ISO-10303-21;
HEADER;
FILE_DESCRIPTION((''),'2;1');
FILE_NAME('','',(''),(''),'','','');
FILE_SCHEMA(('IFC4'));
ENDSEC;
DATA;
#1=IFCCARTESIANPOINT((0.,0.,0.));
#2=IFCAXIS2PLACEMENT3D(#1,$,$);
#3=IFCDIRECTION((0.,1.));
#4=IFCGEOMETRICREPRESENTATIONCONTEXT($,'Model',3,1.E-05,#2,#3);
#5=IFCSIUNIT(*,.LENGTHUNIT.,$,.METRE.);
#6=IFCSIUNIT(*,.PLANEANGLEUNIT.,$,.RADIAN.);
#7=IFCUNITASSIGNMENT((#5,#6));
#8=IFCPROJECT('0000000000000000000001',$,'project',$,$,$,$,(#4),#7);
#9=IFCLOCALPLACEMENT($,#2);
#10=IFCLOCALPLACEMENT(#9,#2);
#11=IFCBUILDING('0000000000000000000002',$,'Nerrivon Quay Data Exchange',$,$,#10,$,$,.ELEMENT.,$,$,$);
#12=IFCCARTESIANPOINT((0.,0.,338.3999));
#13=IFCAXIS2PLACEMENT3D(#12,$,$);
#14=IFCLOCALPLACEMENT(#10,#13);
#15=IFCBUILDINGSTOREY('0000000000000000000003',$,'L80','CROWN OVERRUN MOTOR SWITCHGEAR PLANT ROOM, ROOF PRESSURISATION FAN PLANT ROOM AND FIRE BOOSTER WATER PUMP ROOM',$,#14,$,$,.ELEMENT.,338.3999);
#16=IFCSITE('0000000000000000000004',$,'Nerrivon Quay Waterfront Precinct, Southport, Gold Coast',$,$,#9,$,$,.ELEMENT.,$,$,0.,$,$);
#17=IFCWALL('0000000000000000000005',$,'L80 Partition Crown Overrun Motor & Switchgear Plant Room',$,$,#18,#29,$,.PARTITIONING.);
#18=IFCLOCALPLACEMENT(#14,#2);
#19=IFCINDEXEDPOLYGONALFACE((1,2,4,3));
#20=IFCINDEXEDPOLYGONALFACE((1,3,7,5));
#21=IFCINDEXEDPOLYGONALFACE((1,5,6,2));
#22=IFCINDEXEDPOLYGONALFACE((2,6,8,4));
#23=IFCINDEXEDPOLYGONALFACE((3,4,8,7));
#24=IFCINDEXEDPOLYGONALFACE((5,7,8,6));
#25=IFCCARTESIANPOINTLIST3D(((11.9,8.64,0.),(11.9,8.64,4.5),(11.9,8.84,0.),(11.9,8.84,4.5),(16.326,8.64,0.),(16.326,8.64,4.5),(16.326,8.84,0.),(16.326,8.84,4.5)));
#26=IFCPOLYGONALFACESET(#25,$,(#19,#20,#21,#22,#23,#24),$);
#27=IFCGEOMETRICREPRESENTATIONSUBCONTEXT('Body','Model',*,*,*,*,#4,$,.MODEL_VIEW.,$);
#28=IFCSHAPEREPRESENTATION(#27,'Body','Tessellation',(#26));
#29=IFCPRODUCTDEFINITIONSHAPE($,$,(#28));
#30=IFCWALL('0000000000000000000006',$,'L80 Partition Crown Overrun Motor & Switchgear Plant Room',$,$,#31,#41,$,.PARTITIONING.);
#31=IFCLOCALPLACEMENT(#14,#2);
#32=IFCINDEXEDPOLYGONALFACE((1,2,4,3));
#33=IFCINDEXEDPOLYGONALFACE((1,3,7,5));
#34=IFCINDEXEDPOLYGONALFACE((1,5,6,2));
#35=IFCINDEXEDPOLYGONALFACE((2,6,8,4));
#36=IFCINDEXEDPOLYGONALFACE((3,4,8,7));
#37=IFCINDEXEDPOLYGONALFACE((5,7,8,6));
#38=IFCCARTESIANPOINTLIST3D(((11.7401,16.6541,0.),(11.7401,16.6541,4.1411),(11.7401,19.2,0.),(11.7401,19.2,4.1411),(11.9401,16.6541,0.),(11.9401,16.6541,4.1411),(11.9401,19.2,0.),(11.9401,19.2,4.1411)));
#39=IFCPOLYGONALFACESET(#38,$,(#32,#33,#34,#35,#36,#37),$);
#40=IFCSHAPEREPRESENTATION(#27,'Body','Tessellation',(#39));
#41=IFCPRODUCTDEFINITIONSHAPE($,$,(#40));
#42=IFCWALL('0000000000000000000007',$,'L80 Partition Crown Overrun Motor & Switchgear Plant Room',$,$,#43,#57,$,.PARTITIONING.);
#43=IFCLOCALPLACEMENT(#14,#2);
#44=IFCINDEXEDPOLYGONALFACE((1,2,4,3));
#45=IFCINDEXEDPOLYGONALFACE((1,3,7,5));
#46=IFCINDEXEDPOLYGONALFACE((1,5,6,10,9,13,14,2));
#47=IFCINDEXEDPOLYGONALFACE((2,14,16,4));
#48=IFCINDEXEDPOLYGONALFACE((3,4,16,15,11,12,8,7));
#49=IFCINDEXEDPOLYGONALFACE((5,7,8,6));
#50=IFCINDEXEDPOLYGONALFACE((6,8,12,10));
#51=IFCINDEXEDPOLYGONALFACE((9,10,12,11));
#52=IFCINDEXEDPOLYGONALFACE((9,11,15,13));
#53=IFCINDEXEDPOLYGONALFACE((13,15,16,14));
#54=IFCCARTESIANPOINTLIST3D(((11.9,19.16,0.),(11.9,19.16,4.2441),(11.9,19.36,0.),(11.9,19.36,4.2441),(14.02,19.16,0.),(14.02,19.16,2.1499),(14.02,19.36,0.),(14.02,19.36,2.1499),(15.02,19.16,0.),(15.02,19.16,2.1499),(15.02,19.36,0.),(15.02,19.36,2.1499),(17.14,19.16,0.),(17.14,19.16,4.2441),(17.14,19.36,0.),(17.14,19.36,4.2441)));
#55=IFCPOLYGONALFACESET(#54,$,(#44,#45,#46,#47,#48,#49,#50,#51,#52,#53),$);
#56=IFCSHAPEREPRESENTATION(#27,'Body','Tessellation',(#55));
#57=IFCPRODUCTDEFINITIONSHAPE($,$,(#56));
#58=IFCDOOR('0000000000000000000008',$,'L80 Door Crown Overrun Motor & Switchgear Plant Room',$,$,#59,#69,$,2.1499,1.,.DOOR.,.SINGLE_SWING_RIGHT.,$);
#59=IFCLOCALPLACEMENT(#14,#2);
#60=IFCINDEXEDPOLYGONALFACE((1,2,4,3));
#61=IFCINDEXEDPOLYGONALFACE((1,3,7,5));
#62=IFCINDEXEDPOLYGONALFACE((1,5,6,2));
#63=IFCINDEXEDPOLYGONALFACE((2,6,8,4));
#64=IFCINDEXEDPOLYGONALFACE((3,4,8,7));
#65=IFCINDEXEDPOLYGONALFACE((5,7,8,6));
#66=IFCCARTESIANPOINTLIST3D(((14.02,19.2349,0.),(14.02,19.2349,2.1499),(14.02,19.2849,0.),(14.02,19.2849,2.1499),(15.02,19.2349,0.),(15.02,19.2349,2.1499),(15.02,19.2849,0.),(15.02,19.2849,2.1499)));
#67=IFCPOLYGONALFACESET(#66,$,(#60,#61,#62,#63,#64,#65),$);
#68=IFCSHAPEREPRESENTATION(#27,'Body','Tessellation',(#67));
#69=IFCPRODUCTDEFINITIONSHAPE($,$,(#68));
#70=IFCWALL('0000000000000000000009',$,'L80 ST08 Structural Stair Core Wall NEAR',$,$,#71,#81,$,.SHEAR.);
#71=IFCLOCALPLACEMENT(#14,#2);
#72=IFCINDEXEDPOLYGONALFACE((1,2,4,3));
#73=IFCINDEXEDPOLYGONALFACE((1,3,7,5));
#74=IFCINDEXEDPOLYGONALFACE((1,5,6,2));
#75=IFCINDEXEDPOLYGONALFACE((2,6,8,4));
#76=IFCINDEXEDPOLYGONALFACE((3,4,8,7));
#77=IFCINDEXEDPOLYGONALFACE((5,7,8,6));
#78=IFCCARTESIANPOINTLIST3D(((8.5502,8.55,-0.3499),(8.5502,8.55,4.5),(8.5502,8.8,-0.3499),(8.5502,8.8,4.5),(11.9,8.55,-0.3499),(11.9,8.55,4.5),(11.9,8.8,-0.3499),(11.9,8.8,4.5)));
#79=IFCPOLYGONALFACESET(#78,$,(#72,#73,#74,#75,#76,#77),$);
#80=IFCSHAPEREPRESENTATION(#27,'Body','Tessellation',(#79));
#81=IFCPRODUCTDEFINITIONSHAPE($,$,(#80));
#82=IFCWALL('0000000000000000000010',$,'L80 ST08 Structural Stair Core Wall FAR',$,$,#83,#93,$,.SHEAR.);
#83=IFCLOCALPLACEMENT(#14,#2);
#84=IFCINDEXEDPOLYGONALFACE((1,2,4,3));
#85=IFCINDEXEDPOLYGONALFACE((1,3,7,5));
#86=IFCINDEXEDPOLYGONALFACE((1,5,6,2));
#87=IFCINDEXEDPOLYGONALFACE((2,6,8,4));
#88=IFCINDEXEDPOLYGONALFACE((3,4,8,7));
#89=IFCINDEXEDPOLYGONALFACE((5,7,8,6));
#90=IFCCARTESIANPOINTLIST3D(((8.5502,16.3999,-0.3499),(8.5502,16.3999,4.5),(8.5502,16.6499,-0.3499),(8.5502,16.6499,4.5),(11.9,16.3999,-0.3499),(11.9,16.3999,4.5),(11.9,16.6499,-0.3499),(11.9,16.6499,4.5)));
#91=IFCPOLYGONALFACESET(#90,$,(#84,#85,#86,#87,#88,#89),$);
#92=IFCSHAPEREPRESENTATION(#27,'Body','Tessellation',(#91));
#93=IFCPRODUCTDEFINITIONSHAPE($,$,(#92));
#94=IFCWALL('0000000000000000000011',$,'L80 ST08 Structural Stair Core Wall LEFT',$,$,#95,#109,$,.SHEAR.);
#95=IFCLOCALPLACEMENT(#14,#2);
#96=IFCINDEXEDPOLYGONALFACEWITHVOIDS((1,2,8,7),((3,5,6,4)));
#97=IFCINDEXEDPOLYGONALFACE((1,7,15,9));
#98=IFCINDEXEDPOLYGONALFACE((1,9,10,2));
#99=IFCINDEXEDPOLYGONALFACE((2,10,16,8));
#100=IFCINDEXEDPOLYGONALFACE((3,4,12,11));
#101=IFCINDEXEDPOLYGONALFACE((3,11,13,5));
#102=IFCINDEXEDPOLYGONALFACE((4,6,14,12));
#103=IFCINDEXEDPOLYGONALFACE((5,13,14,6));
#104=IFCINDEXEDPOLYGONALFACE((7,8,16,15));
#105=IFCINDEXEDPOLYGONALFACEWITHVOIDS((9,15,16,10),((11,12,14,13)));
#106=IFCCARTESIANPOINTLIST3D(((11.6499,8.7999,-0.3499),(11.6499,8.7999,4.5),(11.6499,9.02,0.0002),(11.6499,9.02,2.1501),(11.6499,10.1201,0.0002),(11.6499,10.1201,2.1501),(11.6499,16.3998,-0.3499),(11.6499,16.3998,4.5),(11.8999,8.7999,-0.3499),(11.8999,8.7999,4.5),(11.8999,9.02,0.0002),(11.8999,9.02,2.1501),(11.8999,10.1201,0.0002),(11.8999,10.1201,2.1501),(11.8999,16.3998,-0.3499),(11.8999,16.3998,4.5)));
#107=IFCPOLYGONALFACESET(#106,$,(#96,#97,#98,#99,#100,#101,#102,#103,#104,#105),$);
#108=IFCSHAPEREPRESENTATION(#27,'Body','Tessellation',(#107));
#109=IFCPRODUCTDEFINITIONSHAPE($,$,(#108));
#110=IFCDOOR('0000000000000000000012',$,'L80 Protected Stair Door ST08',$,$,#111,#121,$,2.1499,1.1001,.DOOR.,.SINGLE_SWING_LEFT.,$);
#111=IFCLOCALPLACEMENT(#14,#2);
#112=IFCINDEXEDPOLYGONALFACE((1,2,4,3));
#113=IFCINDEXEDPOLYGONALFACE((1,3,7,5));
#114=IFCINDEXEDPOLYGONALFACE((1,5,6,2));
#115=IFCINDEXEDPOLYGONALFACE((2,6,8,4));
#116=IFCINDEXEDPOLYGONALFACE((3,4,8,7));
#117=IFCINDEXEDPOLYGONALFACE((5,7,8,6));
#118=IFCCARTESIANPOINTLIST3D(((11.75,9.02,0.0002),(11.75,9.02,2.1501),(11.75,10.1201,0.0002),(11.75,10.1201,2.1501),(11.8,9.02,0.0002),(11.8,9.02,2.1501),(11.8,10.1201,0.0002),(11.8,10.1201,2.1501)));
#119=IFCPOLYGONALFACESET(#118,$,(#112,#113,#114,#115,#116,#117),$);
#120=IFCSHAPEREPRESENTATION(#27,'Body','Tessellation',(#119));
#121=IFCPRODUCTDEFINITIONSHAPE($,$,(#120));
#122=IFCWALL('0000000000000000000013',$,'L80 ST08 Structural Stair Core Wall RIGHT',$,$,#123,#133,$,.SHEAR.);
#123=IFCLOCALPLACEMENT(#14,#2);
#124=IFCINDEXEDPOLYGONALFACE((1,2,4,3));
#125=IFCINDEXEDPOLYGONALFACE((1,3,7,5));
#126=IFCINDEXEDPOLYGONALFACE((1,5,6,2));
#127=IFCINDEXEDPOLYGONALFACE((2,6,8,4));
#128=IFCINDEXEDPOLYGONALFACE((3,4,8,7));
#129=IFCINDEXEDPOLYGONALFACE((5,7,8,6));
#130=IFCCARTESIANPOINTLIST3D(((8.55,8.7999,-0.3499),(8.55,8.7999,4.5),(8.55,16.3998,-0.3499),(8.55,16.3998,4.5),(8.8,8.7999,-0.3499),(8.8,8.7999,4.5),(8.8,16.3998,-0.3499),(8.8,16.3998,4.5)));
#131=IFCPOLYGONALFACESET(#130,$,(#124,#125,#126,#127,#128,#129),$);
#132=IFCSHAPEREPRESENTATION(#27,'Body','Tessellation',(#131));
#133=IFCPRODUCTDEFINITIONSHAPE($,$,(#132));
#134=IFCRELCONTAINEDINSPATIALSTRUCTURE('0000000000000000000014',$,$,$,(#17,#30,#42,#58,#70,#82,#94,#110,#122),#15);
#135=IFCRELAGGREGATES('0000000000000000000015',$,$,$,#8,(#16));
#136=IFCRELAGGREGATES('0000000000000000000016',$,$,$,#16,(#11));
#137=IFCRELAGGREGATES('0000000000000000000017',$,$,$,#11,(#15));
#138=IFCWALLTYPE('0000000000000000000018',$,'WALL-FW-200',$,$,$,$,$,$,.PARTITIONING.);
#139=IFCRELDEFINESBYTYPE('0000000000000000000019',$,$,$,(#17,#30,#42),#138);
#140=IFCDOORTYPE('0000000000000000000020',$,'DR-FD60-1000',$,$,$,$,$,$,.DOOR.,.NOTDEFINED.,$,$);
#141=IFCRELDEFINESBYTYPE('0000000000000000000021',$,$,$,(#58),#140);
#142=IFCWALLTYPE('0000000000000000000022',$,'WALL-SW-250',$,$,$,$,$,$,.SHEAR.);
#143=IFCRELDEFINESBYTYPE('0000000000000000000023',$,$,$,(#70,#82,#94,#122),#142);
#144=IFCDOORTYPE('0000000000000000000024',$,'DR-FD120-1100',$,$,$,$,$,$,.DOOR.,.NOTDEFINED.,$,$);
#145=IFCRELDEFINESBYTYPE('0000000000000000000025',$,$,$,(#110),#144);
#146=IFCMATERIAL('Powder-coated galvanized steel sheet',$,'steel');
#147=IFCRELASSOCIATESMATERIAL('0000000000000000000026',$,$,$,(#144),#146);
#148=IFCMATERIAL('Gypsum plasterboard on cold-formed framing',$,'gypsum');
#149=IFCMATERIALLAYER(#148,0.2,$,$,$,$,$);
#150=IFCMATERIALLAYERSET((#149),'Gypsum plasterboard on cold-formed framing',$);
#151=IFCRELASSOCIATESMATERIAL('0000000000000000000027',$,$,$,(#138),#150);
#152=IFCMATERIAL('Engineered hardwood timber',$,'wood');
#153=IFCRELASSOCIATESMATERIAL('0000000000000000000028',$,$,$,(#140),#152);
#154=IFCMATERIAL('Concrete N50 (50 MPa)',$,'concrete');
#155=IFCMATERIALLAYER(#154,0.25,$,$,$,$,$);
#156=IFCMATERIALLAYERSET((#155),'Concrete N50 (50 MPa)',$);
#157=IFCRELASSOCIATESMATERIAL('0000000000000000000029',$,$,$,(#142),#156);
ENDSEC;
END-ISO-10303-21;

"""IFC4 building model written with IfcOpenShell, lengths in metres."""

from ifc_helpers import new_model, si_unit, direction, frame, frame_2d, origin, place, context, subcontext, project, spatial, rectangle, extrude, material, layer, layer_set, type_object, element, fill, save


model = new_model("IFC4")

# Units and contexts
model_context = context("Model", 3, precision=1e-05, world=origin(), true_north=direction((0.0, 1.0)))
body_context = subcontext(model_context, "Body", "Model", "MODEL_VIEW")
ifc_project = project(units=[si_unit("LENGTHUNIT", "METRE"), si_unit("PLANEANGLEUNIT", "RADIAN")], contexts=[model_context])

# Site, building, storey
site_placement = place(None, origin())
site = spatial("IfcSite", under=ifc_project, at=site_placement, Name="Nerrivon Quay Waterfront Precinct, Southport, Gold Coast", CompositionType="ELEMENT", RefElevation=0.0)
building_placement = place(site_placement, origin())
building = spatial("IfcBuilding", under=site, at=building_placement, Name="Nerrivon Quay Data Exchange", CompositionType="ELEMENT")
storey_placement = place(building_placement, frame((0.0, 0.0, 338.3999)))
storey = spatial("IfcBuildingStorey", under=building, at=storey_placement, Name="L80", Description="CROWN OVERRUN MOTOR SWITCHGEAR PLANT ROOM, ROOF PRESSURISATION FAN PLANT ROOM AND FIRE BOOSTER WATER PUMP ROOM", CompositionType="ELEMENT", Elevation=338.3999)

# Shared definitions
ifc_material_1 = material(Name="Concrete N50 (50 MPa)", Category="concrete")

# Shared definitions
ifc_material_2 = material(Name="Powder-coated galvanized steel sheet", Category="steel")
door_type_1 = type_object("IfcDoorType", Name="DR-FD120-1100", OperationType="NOTDEFINED", PredefinedType="DOOR", material=ifc_material_2)

# Walls
ifc_material_3 = material(Name="Gypsum plasterboard on cold-formed framing", Category="gypsum")
ifc_layer_1 = layer(ifc_material_3, 0.2)
ifc_layer_set_1 = layer_set([ifc_layer_1], Name="Gypsum plasterboard on cold-formed framing")
wall_type_1 = type_object("IfcWallType", Name="WALL-FW-200", PredefinedType="PARTITIONING", material=ifc_layer_set_1)
wall_1_placement = place(storey_placement, frame((16.3259, 8.74, 0.0), z_axis=(0.0, 0.0, 1.0), x_axis=(-1.0, 0.0, 0.0)))
element("IfcWall", 1, at=wall_1_placement, inside=storey, type_object=wall_type_1, Name="L80 Partition Crown Overrun Motor & Switchgear Plant Room", PredefinedType="PARTITIONING", context=body_context, shape_type="SweptSolid", body=[
    extrude(rectangle(XDim=4.426, YDim=0.2, at=frame_2d((2.2129, 0.0))), origin(), (0.0, 0.0, 1.0), 4.5),
])
wall_2_placement = place(storey_placement, frame((11.8401, 16.6541, 0.0), z_axis=(0.0, 0.0, 1.0), x_axis=(0.0, 1.0, 0.0)))
element("IfcWall", 2, at=wall_2_placement, inside=storey, type_object=wall_type_1, Name="L80 Partition Crown Overrun Motor & Switchgear Plant Room", PredefinedType="PARTITIONING", context=body_context, shape_type="SweptSolid", body=[
    extrude(rectangle(XDim=2.5459, YDim=0.2, at=frame_2d((1.2729, 0.0))), origin(), (0.0, 0.0, 1.0), 4.1411),
])

# Wall, opening, door
wall_3_placement = place(storey_placement, frame((11.8999, 19.26, 0.0), z_axis=(0.0, 0.0, 1.0), x_axis=(1.0, 0.0, 0.0)))
wall_3 = element("IfcWall", 3, at=wall_3_placement, inside=storey, type_object=wall_type_1, Name="L80 Partition Crown Overrun Motor & Switchgear Plant Room", PredefinedType="PARTITIONING", context=body_context, shape_type="SweptSolid", body=[
    extrude(rectangle(XDim=5.24, YDim=0.2, at=frame_2d((2.6201, 0.0))), origin(), (0.0, 0.0, 1.0), 4.2441),
])
opening_1_placement = place(wall_3_placement, frame((2.1201, 0.0, 0.0)))
opening_1 = element("IfcOpeningElement", 4, at=opening_1_placement, cuts=wall_3, PredefinedType="OPENING", context=body_context, shape_type="SweptSolid", body=[
    extrude(rectangle(XDim=1.0, YDim=2.1499, at=frame_2d((0.5, 1.075))), frame((0.0, 0.1099, 0.0), z_axis=(0.0, -1.0, 0.0), x_axis=(1.0, 0.0, 0.0)), (0.0, 0.0, 1.0), 0.22),
])
ifc_material_4 = material(Name="Engineered hardwood timber", Category="wood")
door_type_2 = type_object("IfcDoorType", Name="DR-FD60-1000", OperationType="NOTDEFINED", PredefinedType="DOOR", material=ifc_material_4)
door_1_placement = place(opening_1_placement, origin())
door_1 = element("IfcDoor", 5, at=door_1_placement, inside=storey, type_object=door_type_2, Name="L80 Door Crown Overrun Motor & Switchgear Plant Room", OperationType="SINGLE_SWING_RIGHT", OverallHeight=2.1499, OverallWidth=1.0, PredefinedType="DOOR", context=body_context, shape_type="SweptSolid", body=[
    extrude(rectangle(XDim=1.0, YDim=2.1499, at=frame_2d((0.5, 1.075))), frame((0.0, 0.0249, 0.0), z_axis=(0.0, -1.0, 0.0), x_axis=(1.0, 0.0, 0.0)), (0.0, 0.0, 1.0), 0.05),
])
fill(opening_1, door_1)

# Walls
ifc_layer_2 = layer(ifc_material_1, 0.25)
ifc_layer_set_2 = layer_set([ifc_layer_2], Name="Concrete N50 (50 MPa)")
wall_type_2 = type_object("IfcWallType", Name="WALL-SW-250", PredefinedType="SHEAR", material=ifc_layer_set_2)
for number, where, z_axis, x_axis, name in (
    (6, (11.8999, 8.675, -0.3499), (0.0, 0.0, 1.0), (-1.0, 0.0, 0.0), "L80 ST08 Structural Stair Core Wall NEAR"),
    (7, (11.8999, 16.5249, -0.3499), (0.0, 0.0, 1.0), (-1.0, 0.0, 0.0), "L80 ST08 Structural Stair Core Wall FAR"),
):
    element("IfcWall", number, at=place(storey_placement, frame(where, z_axis=z_axis, x_axis=x_axis)), inside=storey, type_object=wall_type_2, Name=name, PredefinedType="SHEAR", context=body_context, shape_type="SweptSolid", body=[
        extrude(rectangle(XDim=3.3499, YDim=0.25, at=frame_2d((1.6748, 0.0))), origin(), (0.0, 0.0, 1.0), 4.8499),
    ])

# Wall, opening, door
wall_4_placement = place(storey_placement, frame((11.7749, 8.8, -0.3499), z_axis=(0.0, 0.0, 1.0), x_axis=(0.0, 1.0, 0.0)))
wall_4 = element("IfcWall", 8, at=wall_4_placement, inside=storey, type_object=wall_type_2, Name="L80 ST08 Structural Stair Core Wall LEFT", PredefinedType="SHEAR", context=body_context, shape_type="SweptSolid", body=[
    extrude(rectangle(XDim=7.5999, YDim=0.25, at=frame_2d((3.7998, 0.0))), origin(), (0.0, 0.0, 1.0), 4.8499),
])
opening_2_placement = place(wall_4_placement, frame((0.22, 0.0, 0.3501)))
opening_2 = element("IfcOpeningElement", 9, at=opening_2_placement, cuts=wall_4, PredefinedType="OPENING", context=body_context, shape_type="SweptSolid", body=[
    extrude(rectangle(XDim=1.1001, YDim=2.1499, at=frame_2d((0.55, 1.075))), frame((0.0, 0.135, 0.0), z_axis=(0.0, -1.0, 0.0), x_axis=(1.0, 0.0, 0.0)), (0.0, 0.0, 1.0), 0.27),
])
door_2_placement = place(opening_2_placement, origin())
door_2 = element("IfcDoor", 10, at=door_2_placement, inside=storey, type_object=door_type_1, Name="L80 Protected Stair Door ST08", OperationType="SINGLE_SWING_LEFT", OverallHeight=2.1499, OverallWidth=1.1001, PredefinedType="DOOR", context=body_context, shape_type="SweptSolid", body=[
    extrude(rectangle(XDim=1.1001, YDim=2.1499, at=frame_2d((0.55, 1.075))), frame((0.0, 0.0249, 0.0), z_axis=(0.0, -1.0, 0.0), x_axis=(1.0, 0.0, 0.0)), (0.0, 0.0, 1.0), 0.05),
])
fill(opening_2, door_2)

# Wall
wall_5_placement = place(storey_placement, frame((8.675, 8.8, -0.3499), z_axis=(0.0, 0.0, 1.0), x_axis=(0.0, 1.0, 0.0)))
element("IfcWall", 11, at=wall_5_placement, inside=storey, type_object=wall_type_2, Name="L80 ST08 Structural Stair Core Wall RIGHT", PredefinedType="SHEAR", context=body_context, shape_type="SweptSolid", body=[
    extrude(rectangle(XDim=7.5999, YDim=0.25, at=frame_2d((3.7998, 0.0))), origin(), (0.0, 0.0, 1.0), 4.8499),
])

save(model, "model.ifc")
